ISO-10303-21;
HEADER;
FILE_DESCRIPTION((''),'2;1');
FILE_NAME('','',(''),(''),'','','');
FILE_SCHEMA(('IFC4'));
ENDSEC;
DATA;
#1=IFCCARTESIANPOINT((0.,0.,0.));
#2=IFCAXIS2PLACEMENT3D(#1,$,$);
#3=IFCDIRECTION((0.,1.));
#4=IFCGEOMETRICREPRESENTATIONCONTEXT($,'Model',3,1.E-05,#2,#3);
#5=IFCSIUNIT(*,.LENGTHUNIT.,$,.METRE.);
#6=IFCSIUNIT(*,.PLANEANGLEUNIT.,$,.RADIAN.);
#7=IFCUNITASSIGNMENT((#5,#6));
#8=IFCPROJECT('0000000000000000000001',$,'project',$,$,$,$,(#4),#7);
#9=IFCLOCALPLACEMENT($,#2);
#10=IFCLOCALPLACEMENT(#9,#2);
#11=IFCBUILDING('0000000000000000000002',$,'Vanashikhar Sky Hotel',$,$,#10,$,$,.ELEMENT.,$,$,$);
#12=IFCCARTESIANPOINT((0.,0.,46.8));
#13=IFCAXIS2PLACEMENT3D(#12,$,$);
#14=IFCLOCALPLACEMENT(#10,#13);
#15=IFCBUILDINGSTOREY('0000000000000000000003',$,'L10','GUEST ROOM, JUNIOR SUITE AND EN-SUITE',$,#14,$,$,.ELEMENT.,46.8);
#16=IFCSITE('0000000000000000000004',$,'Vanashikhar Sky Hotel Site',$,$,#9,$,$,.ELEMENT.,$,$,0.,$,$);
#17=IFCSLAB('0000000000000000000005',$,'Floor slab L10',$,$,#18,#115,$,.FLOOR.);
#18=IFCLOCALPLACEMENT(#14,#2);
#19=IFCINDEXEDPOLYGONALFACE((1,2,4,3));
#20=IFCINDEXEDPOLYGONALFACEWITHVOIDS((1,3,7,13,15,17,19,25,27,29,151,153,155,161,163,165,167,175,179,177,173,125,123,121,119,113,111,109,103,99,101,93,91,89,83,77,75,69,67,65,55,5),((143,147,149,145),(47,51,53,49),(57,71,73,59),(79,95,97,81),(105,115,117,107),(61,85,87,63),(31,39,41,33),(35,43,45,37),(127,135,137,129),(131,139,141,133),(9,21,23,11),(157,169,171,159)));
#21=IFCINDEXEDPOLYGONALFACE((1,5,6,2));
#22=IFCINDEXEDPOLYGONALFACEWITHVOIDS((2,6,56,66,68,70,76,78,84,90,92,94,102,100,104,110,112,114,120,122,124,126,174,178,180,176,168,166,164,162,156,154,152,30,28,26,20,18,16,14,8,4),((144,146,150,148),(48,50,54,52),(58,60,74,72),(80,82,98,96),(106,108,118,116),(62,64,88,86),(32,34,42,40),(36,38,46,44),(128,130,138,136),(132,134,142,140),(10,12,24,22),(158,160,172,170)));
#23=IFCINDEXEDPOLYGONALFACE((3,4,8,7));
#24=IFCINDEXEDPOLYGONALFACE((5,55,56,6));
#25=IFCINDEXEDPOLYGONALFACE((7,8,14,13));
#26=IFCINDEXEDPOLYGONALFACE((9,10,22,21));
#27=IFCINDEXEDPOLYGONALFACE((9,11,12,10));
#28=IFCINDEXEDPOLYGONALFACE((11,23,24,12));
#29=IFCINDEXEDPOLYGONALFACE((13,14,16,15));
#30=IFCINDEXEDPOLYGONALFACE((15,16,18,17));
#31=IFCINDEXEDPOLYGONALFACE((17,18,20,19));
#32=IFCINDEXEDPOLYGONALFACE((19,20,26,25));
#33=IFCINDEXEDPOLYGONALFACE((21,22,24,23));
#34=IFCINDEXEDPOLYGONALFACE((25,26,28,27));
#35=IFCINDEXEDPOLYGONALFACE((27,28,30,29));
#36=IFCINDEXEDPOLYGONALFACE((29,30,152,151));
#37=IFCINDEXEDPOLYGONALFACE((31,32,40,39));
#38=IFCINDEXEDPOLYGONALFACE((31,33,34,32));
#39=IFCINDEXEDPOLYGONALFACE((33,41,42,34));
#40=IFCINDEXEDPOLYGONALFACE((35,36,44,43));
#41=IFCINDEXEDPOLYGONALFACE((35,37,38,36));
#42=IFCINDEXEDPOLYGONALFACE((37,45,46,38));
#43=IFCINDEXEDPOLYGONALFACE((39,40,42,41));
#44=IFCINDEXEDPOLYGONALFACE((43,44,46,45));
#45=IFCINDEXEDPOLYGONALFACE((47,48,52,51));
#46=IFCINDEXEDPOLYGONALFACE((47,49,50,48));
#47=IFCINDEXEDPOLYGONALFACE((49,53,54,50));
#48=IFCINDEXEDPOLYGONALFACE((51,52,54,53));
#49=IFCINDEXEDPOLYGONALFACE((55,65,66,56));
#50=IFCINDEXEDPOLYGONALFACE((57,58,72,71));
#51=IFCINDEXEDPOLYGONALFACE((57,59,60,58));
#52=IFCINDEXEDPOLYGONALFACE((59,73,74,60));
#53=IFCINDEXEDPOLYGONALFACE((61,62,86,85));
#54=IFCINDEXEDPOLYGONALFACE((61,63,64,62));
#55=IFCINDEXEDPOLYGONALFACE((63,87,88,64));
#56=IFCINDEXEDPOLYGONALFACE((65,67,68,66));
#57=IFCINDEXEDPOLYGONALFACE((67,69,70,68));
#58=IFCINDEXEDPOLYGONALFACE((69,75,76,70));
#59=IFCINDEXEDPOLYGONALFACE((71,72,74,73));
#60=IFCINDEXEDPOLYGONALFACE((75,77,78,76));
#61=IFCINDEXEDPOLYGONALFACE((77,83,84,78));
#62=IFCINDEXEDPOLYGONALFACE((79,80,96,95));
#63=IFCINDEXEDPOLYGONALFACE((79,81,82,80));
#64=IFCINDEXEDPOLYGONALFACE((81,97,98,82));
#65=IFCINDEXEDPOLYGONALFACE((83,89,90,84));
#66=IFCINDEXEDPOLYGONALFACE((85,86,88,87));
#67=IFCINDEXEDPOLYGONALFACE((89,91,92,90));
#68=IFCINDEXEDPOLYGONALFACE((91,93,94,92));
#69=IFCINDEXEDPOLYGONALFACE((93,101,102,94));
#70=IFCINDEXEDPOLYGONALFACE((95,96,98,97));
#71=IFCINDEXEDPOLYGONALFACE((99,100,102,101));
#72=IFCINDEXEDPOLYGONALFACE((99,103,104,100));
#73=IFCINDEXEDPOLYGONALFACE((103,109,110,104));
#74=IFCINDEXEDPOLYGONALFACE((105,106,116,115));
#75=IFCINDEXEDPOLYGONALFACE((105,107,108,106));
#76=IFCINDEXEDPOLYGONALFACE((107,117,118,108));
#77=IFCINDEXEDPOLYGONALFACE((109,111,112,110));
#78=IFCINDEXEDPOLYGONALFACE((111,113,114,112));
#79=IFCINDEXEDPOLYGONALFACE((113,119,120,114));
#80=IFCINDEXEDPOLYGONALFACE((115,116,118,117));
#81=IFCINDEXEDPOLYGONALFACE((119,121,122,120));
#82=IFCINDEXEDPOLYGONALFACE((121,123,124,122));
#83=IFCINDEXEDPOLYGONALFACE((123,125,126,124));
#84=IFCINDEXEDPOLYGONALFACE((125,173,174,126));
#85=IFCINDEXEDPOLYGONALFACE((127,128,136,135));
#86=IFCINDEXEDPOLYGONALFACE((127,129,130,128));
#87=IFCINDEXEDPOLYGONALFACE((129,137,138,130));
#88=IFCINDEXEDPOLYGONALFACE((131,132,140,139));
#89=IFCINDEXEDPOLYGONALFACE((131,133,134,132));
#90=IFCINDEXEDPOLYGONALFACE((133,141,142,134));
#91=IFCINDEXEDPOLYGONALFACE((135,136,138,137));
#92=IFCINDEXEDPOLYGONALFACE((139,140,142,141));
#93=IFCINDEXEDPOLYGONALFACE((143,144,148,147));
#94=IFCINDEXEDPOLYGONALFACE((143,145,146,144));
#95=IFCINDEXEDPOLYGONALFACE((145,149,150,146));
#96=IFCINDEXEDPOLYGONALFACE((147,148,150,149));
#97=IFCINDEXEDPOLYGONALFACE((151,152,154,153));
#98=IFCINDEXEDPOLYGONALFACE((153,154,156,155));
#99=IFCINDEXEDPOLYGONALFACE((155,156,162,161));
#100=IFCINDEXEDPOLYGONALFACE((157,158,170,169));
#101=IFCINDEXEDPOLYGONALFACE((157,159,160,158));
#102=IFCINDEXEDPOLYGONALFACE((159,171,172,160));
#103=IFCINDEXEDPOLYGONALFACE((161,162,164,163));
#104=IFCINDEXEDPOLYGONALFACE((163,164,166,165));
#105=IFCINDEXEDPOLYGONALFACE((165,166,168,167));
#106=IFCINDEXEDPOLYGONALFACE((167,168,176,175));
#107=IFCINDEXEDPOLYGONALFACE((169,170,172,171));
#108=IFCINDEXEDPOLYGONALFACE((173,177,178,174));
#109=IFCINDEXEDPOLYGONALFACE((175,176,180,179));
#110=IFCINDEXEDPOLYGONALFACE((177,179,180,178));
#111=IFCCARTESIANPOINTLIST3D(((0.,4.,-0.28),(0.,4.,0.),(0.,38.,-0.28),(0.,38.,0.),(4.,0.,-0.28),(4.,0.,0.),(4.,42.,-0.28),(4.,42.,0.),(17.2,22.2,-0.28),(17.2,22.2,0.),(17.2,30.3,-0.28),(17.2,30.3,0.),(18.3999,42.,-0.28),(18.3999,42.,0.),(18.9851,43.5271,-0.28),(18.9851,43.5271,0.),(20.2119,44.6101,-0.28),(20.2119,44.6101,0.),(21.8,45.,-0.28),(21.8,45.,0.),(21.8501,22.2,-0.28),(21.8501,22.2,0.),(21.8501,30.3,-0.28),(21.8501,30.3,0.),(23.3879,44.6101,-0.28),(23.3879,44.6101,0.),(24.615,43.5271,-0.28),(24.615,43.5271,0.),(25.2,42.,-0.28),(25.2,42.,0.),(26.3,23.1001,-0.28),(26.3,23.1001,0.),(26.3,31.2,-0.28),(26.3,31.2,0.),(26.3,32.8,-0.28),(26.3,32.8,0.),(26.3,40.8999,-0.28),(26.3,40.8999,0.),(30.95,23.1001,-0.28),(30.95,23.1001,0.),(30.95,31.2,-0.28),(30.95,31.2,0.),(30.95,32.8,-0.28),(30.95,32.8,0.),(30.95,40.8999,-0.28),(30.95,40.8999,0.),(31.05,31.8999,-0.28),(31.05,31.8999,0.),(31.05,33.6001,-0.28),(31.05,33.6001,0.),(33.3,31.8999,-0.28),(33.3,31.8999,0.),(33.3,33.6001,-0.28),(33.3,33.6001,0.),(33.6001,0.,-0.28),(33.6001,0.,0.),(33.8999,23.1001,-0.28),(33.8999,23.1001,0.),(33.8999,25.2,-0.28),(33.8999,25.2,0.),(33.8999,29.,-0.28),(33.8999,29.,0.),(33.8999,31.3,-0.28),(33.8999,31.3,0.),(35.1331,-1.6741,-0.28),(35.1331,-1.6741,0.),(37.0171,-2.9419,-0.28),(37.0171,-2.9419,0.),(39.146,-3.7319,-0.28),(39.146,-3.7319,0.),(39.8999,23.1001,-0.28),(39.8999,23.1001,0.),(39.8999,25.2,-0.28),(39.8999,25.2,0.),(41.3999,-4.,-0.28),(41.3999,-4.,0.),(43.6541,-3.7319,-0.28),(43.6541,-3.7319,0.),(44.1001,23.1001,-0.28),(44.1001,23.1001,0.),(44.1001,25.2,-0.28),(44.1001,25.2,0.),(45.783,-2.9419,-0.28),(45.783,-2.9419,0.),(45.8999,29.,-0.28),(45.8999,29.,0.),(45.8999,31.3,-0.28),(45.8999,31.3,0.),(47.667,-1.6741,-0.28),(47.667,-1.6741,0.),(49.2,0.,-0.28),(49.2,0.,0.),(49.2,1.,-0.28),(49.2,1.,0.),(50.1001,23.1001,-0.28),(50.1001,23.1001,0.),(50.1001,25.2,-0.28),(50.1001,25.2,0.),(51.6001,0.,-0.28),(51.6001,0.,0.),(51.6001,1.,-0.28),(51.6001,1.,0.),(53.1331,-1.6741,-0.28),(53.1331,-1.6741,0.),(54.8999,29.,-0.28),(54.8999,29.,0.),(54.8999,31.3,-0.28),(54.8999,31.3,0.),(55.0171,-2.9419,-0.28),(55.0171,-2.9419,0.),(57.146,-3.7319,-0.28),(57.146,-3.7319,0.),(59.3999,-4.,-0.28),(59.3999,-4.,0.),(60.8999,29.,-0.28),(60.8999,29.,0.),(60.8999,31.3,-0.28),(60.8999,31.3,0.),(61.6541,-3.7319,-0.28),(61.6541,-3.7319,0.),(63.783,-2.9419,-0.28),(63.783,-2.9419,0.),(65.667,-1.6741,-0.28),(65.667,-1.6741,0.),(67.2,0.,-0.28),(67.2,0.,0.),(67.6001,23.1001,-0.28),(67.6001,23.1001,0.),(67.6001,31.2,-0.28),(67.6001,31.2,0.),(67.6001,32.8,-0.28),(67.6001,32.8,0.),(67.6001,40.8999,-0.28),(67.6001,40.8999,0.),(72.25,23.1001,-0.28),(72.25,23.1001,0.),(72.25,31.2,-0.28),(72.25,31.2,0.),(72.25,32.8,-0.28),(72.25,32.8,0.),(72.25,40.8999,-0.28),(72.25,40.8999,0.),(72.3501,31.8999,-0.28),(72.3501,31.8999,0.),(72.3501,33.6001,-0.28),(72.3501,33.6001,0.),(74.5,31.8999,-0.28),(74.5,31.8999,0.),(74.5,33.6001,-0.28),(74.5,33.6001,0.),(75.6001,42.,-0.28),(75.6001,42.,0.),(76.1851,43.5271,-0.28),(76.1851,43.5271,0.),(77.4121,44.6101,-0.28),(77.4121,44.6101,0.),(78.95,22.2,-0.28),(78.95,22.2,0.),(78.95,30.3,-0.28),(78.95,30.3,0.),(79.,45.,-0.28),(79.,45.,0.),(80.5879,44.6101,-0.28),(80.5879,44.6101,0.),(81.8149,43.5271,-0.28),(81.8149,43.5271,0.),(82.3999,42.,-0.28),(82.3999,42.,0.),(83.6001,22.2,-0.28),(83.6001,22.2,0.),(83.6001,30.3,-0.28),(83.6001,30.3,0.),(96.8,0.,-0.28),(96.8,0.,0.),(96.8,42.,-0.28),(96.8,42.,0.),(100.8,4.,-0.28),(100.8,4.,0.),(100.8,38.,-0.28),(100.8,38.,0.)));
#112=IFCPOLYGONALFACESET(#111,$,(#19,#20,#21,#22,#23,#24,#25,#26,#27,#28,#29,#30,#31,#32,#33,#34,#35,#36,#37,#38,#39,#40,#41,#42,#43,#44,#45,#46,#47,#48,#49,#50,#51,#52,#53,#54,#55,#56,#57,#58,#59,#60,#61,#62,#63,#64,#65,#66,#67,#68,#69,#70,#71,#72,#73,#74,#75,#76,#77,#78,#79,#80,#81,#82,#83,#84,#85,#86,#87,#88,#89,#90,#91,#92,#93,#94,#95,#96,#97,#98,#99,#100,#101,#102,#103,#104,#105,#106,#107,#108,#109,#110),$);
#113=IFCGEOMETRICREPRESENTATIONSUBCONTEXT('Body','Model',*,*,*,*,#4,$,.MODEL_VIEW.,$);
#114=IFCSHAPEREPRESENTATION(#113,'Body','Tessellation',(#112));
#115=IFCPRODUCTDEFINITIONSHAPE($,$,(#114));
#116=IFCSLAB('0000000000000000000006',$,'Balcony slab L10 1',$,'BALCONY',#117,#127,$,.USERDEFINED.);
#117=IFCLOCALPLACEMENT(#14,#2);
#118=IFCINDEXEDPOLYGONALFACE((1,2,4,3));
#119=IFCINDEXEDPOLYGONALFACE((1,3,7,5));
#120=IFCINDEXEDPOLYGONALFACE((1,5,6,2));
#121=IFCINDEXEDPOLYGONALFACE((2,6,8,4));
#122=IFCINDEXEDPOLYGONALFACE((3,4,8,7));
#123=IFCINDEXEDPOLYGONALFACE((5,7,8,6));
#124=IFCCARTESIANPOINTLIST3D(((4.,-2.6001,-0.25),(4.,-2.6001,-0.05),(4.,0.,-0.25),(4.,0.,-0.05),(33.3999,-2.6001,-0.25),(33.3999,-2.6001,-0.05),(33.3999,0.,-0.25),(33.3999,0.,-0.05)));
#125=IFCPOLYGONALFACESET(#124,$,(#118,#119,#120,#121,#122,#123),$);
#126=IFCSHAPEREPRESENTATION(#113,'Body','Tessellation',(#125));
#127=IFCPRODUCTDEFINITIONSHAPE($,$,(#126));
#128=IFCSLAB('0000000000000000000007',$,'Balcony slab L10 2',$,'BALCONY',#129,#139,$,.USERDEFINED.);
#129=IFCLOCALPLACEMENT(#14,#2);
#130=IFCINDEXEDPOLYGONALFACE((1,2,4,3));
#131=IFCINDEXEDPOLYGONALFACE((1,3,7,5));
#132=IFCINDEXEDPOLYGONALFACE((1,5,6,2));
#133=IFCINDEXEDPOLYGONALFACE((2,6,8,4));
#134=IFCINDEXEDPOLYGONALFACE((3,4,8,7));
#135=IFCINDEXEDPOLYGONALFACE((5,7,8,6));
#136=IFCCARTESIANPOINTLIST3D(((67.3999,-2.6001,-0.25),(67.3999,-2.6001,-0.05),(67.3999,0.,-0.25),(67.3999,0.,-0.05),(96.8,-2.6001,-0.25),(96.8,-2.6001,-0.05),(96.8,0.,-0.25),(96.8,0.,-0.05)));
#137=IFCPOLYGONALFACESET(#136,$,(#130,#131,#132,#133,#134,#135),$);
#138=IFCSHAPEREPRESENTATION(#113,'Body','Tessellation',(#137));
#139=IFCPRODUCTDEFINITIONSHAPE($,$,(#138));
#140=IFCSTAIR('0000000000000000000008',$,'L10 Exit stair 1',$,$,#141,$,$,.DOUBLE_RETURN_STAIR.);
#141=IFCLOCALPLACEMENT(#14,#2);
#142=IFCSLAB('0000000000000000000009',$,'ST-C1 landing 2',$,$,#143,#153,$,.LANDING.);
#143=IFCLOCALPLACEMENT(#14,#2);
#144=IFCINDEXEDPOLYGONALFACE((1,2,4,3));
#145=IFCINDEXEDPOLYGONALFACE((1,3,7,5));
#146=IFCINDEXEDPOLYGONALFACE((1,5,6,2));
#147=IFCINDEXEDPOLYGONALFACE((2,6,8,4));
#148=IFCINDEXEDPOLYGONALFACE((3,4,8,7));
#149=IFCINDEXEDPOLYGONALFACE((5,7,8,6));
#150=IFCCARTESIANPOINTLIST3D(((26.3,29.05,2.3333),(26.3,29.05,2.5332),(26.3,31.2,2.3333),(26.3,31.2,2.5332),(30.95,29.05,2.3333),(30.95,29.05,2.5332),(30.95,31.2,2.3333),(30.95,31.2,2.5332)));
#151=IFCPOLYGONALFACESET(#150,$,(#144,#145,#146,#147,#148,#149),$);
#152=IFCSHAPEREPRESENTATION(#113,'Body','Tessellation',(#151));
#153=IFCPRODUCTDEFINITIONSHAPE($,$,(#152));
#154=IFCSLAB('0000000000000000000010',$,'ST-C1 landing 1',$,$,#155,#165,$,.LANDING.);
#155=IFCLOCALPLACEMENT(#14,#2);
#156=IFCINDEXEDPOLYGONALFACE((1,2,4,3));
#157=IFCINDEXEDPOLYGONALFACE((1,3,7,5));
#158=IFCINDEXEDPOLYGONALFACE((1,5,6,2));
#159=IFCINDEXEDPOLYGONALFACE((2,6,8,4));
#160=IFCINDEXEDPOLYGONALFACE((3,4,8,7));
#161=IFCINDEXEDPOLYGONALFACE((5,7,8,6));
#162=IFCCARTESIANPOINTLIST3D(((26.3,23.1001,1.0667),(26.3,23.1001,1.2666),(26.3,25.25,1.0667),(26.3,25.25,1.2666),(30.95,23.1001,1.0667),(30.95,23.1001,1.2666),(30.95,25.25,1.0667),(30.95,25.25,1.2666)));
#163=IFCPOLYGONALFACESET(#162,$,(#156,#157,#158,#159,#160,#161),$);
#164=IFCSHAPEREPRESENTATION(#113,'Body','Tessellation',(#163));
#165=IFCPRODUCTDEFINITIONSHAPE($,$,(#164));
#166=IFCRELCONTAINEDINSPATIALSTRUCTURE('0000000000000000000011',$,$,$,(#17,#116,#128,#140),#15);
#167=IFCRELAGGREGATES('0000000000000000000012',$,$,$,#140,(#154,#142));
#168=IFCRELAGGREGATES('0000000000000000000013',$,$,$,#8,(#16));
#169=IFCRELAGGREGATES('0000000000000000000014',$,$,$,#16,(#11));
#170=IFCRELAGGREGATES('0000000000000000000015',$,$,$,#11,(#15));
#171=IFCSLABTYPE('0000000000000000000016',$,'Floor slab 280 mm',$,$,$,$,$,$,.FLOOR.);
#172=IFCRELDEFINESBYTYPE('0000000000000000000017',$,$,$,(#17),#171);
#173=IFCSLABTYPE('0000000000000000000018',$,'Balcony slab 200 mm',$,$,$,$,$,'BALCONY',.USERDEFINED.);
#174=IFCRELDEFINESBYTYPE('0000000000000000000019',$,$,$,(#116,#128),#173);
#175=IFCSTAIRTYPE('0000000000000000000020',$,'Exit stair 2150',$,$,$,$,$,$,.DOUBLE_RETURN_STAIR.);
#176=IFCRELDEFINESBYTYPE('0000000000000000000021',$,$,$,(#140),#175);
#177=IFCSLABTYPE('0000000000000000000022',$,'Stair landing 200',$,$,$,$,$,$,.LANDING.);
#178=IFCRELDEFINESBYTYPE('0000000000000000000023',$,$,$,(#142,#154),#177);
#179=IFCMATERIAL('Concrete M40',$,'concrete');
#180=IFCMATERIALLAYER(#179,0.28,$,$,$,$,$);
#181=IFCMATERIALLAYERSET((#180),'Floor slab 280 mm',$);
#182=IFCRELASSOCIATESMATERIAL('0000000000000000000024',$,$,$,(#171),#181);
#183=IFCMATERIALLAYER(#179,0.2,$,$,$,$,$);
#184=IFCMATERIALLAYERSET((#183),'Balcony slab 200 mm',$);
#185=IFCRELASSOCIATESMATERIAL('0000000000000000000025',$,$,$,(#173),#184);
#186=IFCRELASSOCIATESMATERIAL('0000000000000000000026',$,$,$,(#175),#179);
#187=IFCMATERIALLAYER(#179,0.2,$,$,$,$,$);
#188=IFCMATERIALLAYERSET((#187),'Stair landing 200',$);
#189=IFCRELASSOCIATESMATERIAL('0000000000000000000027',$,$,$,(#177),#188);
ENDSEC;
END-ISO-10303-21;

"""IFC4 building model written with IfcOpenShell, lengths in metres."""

from ifc_helpers import new_model, si_unit, direction, frame, origin, place, context, subcontext, project, spatial, polyline, outline, extrude, source, transform, mapped, material, layer, layer_set, type_object, element, aggregate, save


model = new_model("IFC4")

# Units and contexts
model_context = context("Model", 3, precision=1e-05, world=origin(), true_north=direction((0.0, 1.0)))
body_context = subcontext(model_context, "Body", "Model", "MODEL_VIEW")
ifc_project = project(units=[si_unit("LENGTHUNIT", "METRE"), si_unit("PLANEANGLEUNIT", "RADIAN")], contexts=[model_context])

# Site, building, storey
site_placement = place(None, origin())
site = spatial("IfcSite", under=ifc_project, at=site_placement, Name="Vanashikhar Sky Hotel Site", CompositionType="ELEMENT", RefElevation=0.0)
building_placement = place(site_placement, origin())
building = spatial("IfcBuilding", under=site, at=building_placement, Name="Vanashikhar Sky Hotel", CompositionType="ELEMENT")
storey_placement = place(building_placement, frame((0.0, 0.0, 46.8)))
storey = spatial("IfcBuildingStorey", under=building, at=storey_placement, Name="L10", Description="GUEST ROOM, JUNIOR SUITE AND EN-SUITE", CompositionType="ELEMENT", Elevation=46.8)

# Slabs
ifc_material_1 = material(Name="Concrete M40", Category="concrete")
ifc_layer_1 = layer(ifc_material_1, 0.28)
ifc_layer_set_1 = layer_set([ifc_layer_1], Name="Floor slab 280 mm")
slab_type_1 = type_object("IfcSlabType", Name="Floor slab 280 mm", PredefinedType="FLOOR", material=ifc_layer_set_1)
shared_shape_1 = source(origin(), body_context, "Body", "SweptSolid", [
    extrude(outline(polyline([(49.2, 0.0), (49.2, 1.0), (51.6001, 1.0), (51.6001, 0.0), (53.1331, -1.6741), (55.0171, -2.9419), (57.146, -3.7319), (59.3999, -4.0), (61.6541, -3.7319), (63.783, -2.9419), (65.667, -1.6741), (67.2, 0.0), (96.8, 0.0), (100.8, 4.0), (100.8, 38.0), (96.8, 42.0), (82.3999, 42.0), (81.8149, 43.5271), (80.5879, 44.6101), (79.0, 45.0), (77.4121, 44.6101), (76.1851, 43.5271), (75.6001, 42.0), (25.2, 42.0), (24.615, 43.5271), (23.3879, 44.6101), (21.8, 45.0), (20.2119, 44.6101), (18.9851, 43.5271), (18.3999, 42.0), (4.0, 42.0), (0.0, 38.0), (0.0, 4.0), (4.0, 0.0), (33.6001, 0.0), (35.1331, -1.6741), (37.0171, -2.9419), (39.146, -3.7319), (41.3999, -4.0), (43.6541, -3.7319), (45.783, -2.9419), (47.667, -1.6741), (49.2, 0.0)]), holes=[polyline([(33.3, 33.6001), (31.05, 33.6001), (31.05, 31.8999), (33.3, 31.8999), (33.3, 33.6001)]), polyline([(33.8999, 25.2), (33.8999, 23.1001), (39.8999, 23.1001), (39.8999, 25.2), (33.8999, 25.2)]), polyline([(33.8999, 31.3), (33.8999, 29.0), (45.8999, 29.0), (45.8999, 31.3), (33.8999, 31.3)]), polyline([(44.1001, 25.2), (44.1001, 23.1001), (50.1001, 23.1001), (50.1001, 25.2), (44.1001, 25.2)]), polyline([(54.8999, 31.3), (54.8999, 29.0), (60.8999, 29.0), (60.8999, 31.3), (54.8999, 31.3)]), polyline([(74.5, 33.6001), (72.3501, 33.6001), (72.3501, 31.8999), (74.5, 31.8999), (74.5, 33.6001)]), polyline([(30.95, 23.1001), (30.95, 31.2), (26.3, 31.2), (26.3, 23.1001), (30.95, 23.1001)]), polyline([(72.25, 23.1001), (72.25, 31.2), (67.6001, 31.2), (67.6001, 23.1001), (72.25, 23.1001)]), polyline([(30.95, 32.8), (30.95, 40.8999), (26.3, 40.8999), (26.3, 32.8), (30.95, 32.8)]), polyline([(72.25, 32.8), (72.25, 40.8999), (67.6001, 40.8999), (67.6001, 32.8), (72.25, 32.8)]), polyline([(83.6001, 22.2), (83.6001, 30.3), (78.95, 30.3), (78.95, 22.2), (83.6001, 22.2)]), polyline([(21.8501, 22.2), (21.8501, 30.3), (17.2, 30.3), (17.2, 22.2), (21.8501, 22.2)])]), origin(), (0.0, 0.0, 1.0), 0.28),
])
slab_1_placement = place(storey_placement, frame((0.0, 0.0, -0.28)))
element("IfcSlab", 1, at=slab_1_placement, inside=storey, type_object=slab_type_1, Name="Floor slab L10", PredefinedType="FLOOR", context=body_context, shape_type="MappedRepresentation", body=[
    mapped(shared_shape_1, transform((0.0, 0.0, 0.0), scale=1.0)),
])
ifc_layer_2 = layer(ifc_material_1, 0.2)
ifc_layer_set_2 = layer_set([ifc_layer_2], Name="Balcony slab 200 mm")
slab_type_2 = type_object("IfcSlabType", Name="Balcony slab 200 mm", ElementType="BALCONY", PredefinedType="USERDEFINED", material=ifc_layer_set_2)
shared_shape_2 = source(origin(), body_context, "Body", "SweptSolid", [
    extrude(outline(polyline([(4.0, -2.6001), (33.3999, -2.6001), (33.3999, 0.0), (4.0, 0.0), (4.0, -2.6001)])), origin(), (0.0, 0.0, 1.0), 0.2),
])
slab_2_placement = place(storey_placement, frame((0.0, 0.0, -0.25)))
element("IfcSlab", 2, at=slab_2_placement, inside=storey, type_object=slab_type_2, Name="Balcony slab L10 1", ObjectType="BALCONY", PredefinedType="USERDEFINED", context=body_context, shape_type="MappedRepresentation", body=[
    mapped(shared_shape_2, transform((0.0, 0.0, 0.0), scale=1.0)),
])
shared_shape_3 = source(origin(), body_context, "Body", "SweptSolid", [
    extrude(outline(polyline([(67.3999, -2.6001), (96.8, -2.6001), (96.8, 0.0), (67.3999, 0.0), (67.3999, -2.6001)])), origin(), (0.0, 0.0, 1.0), 0.2),
])
slab_3_placement = place(storey_placement, frame((0.0, 0.0, -0.25)))
element("IfcSlab", 3, at=slab_3_placement, inside=storey, type_object=slab_type_2, Name="Balcony slab L10 2", ObjectType="BALCONY", PredefinedType="USERDEFINED", context=body_context, shape_type="MappedRepresentation", body=[
    mapped(shared_shape_3, transform((0.0, 0.0, 0.0), scale=1.0)),
])

# Stair, slabs
stair_type = type_object("IfcStairType", Name="Exit stair 2150", PredefinedType="DOUBLE_RETURN_STAIR", material=ifc_material_1)
stair_1_placement = place(storey_placement, origin())
stair_1 = element("IfcStair", 4, at=stair_1_placement, inside=storey, type_object=stair_type, Name="L10 Exit stair 1", PredefinedType="DOUBLE_RETURN_STAIR")
ifc_layer_3 = layer(ifc_material_1, 0.2)
ifc_layer_set_3 = layer_set([ifc_layer_3], Name="Stair landing 200")
slab_type_3 = type_object("IfcSlabType", Name="Stair landing 200", PredefinedType="LANDING", material=ifc_layer_set_3)
shared_shape_4 = source(origin(), body_context, "Body", "SweptSolid", [
    extrude(outline(polyline([(30.95, 29.05), (30.95, 31.2), (26.3, 31.2), (26.3, 29.05), (30.95, 29.05)])), origin(), (0.0, 0.0, 1.0), 0.2),
])
slab_4_placement = place(storey_placement, frame((0.0, 0.0, 2.3333)))
slab_4 = element("IfcSlab", 5, at=slab_4_placement, type_object=slab_type_3, Name="ST-C1 landing 2", PredefinedType="LANDING", context=body_context, shape_type="MappedRepresentation", body=[
    mapped(shared_shape_4, transform((0.0, 0.0, 0.0), scale=1.0)),
])
shared_shape_5 = source(origin(), body_context, "Body", "SweptSolid", [
    extrude(outline(polyline([(30.95, 23.1001), (30.95, 25.25), (26.3, 25.25), (26.3, 23.1001), (30.95, 23.1001)])), origin(), (0.0, 0.0, 1.0), 0.2),
])
slab_5_placement = place(storey_placement, frame((0.0, 0.0, 1.0667)))
slab_5 = element("IfcSlab", 6, at=slab_5_placement, type_object=slab_type_3, Name="ST-C1 landing 1", PredefinedType="LANDING", context=body_context, shape_type="MappedRepresentation", body=[
    mapped(shared_shape_5, transform((0.0, 0.0, 0.0), scale=1.0)),
])
aggregate(stair_1, [slab_5, slab_4])

save(model, "model.ifc")
